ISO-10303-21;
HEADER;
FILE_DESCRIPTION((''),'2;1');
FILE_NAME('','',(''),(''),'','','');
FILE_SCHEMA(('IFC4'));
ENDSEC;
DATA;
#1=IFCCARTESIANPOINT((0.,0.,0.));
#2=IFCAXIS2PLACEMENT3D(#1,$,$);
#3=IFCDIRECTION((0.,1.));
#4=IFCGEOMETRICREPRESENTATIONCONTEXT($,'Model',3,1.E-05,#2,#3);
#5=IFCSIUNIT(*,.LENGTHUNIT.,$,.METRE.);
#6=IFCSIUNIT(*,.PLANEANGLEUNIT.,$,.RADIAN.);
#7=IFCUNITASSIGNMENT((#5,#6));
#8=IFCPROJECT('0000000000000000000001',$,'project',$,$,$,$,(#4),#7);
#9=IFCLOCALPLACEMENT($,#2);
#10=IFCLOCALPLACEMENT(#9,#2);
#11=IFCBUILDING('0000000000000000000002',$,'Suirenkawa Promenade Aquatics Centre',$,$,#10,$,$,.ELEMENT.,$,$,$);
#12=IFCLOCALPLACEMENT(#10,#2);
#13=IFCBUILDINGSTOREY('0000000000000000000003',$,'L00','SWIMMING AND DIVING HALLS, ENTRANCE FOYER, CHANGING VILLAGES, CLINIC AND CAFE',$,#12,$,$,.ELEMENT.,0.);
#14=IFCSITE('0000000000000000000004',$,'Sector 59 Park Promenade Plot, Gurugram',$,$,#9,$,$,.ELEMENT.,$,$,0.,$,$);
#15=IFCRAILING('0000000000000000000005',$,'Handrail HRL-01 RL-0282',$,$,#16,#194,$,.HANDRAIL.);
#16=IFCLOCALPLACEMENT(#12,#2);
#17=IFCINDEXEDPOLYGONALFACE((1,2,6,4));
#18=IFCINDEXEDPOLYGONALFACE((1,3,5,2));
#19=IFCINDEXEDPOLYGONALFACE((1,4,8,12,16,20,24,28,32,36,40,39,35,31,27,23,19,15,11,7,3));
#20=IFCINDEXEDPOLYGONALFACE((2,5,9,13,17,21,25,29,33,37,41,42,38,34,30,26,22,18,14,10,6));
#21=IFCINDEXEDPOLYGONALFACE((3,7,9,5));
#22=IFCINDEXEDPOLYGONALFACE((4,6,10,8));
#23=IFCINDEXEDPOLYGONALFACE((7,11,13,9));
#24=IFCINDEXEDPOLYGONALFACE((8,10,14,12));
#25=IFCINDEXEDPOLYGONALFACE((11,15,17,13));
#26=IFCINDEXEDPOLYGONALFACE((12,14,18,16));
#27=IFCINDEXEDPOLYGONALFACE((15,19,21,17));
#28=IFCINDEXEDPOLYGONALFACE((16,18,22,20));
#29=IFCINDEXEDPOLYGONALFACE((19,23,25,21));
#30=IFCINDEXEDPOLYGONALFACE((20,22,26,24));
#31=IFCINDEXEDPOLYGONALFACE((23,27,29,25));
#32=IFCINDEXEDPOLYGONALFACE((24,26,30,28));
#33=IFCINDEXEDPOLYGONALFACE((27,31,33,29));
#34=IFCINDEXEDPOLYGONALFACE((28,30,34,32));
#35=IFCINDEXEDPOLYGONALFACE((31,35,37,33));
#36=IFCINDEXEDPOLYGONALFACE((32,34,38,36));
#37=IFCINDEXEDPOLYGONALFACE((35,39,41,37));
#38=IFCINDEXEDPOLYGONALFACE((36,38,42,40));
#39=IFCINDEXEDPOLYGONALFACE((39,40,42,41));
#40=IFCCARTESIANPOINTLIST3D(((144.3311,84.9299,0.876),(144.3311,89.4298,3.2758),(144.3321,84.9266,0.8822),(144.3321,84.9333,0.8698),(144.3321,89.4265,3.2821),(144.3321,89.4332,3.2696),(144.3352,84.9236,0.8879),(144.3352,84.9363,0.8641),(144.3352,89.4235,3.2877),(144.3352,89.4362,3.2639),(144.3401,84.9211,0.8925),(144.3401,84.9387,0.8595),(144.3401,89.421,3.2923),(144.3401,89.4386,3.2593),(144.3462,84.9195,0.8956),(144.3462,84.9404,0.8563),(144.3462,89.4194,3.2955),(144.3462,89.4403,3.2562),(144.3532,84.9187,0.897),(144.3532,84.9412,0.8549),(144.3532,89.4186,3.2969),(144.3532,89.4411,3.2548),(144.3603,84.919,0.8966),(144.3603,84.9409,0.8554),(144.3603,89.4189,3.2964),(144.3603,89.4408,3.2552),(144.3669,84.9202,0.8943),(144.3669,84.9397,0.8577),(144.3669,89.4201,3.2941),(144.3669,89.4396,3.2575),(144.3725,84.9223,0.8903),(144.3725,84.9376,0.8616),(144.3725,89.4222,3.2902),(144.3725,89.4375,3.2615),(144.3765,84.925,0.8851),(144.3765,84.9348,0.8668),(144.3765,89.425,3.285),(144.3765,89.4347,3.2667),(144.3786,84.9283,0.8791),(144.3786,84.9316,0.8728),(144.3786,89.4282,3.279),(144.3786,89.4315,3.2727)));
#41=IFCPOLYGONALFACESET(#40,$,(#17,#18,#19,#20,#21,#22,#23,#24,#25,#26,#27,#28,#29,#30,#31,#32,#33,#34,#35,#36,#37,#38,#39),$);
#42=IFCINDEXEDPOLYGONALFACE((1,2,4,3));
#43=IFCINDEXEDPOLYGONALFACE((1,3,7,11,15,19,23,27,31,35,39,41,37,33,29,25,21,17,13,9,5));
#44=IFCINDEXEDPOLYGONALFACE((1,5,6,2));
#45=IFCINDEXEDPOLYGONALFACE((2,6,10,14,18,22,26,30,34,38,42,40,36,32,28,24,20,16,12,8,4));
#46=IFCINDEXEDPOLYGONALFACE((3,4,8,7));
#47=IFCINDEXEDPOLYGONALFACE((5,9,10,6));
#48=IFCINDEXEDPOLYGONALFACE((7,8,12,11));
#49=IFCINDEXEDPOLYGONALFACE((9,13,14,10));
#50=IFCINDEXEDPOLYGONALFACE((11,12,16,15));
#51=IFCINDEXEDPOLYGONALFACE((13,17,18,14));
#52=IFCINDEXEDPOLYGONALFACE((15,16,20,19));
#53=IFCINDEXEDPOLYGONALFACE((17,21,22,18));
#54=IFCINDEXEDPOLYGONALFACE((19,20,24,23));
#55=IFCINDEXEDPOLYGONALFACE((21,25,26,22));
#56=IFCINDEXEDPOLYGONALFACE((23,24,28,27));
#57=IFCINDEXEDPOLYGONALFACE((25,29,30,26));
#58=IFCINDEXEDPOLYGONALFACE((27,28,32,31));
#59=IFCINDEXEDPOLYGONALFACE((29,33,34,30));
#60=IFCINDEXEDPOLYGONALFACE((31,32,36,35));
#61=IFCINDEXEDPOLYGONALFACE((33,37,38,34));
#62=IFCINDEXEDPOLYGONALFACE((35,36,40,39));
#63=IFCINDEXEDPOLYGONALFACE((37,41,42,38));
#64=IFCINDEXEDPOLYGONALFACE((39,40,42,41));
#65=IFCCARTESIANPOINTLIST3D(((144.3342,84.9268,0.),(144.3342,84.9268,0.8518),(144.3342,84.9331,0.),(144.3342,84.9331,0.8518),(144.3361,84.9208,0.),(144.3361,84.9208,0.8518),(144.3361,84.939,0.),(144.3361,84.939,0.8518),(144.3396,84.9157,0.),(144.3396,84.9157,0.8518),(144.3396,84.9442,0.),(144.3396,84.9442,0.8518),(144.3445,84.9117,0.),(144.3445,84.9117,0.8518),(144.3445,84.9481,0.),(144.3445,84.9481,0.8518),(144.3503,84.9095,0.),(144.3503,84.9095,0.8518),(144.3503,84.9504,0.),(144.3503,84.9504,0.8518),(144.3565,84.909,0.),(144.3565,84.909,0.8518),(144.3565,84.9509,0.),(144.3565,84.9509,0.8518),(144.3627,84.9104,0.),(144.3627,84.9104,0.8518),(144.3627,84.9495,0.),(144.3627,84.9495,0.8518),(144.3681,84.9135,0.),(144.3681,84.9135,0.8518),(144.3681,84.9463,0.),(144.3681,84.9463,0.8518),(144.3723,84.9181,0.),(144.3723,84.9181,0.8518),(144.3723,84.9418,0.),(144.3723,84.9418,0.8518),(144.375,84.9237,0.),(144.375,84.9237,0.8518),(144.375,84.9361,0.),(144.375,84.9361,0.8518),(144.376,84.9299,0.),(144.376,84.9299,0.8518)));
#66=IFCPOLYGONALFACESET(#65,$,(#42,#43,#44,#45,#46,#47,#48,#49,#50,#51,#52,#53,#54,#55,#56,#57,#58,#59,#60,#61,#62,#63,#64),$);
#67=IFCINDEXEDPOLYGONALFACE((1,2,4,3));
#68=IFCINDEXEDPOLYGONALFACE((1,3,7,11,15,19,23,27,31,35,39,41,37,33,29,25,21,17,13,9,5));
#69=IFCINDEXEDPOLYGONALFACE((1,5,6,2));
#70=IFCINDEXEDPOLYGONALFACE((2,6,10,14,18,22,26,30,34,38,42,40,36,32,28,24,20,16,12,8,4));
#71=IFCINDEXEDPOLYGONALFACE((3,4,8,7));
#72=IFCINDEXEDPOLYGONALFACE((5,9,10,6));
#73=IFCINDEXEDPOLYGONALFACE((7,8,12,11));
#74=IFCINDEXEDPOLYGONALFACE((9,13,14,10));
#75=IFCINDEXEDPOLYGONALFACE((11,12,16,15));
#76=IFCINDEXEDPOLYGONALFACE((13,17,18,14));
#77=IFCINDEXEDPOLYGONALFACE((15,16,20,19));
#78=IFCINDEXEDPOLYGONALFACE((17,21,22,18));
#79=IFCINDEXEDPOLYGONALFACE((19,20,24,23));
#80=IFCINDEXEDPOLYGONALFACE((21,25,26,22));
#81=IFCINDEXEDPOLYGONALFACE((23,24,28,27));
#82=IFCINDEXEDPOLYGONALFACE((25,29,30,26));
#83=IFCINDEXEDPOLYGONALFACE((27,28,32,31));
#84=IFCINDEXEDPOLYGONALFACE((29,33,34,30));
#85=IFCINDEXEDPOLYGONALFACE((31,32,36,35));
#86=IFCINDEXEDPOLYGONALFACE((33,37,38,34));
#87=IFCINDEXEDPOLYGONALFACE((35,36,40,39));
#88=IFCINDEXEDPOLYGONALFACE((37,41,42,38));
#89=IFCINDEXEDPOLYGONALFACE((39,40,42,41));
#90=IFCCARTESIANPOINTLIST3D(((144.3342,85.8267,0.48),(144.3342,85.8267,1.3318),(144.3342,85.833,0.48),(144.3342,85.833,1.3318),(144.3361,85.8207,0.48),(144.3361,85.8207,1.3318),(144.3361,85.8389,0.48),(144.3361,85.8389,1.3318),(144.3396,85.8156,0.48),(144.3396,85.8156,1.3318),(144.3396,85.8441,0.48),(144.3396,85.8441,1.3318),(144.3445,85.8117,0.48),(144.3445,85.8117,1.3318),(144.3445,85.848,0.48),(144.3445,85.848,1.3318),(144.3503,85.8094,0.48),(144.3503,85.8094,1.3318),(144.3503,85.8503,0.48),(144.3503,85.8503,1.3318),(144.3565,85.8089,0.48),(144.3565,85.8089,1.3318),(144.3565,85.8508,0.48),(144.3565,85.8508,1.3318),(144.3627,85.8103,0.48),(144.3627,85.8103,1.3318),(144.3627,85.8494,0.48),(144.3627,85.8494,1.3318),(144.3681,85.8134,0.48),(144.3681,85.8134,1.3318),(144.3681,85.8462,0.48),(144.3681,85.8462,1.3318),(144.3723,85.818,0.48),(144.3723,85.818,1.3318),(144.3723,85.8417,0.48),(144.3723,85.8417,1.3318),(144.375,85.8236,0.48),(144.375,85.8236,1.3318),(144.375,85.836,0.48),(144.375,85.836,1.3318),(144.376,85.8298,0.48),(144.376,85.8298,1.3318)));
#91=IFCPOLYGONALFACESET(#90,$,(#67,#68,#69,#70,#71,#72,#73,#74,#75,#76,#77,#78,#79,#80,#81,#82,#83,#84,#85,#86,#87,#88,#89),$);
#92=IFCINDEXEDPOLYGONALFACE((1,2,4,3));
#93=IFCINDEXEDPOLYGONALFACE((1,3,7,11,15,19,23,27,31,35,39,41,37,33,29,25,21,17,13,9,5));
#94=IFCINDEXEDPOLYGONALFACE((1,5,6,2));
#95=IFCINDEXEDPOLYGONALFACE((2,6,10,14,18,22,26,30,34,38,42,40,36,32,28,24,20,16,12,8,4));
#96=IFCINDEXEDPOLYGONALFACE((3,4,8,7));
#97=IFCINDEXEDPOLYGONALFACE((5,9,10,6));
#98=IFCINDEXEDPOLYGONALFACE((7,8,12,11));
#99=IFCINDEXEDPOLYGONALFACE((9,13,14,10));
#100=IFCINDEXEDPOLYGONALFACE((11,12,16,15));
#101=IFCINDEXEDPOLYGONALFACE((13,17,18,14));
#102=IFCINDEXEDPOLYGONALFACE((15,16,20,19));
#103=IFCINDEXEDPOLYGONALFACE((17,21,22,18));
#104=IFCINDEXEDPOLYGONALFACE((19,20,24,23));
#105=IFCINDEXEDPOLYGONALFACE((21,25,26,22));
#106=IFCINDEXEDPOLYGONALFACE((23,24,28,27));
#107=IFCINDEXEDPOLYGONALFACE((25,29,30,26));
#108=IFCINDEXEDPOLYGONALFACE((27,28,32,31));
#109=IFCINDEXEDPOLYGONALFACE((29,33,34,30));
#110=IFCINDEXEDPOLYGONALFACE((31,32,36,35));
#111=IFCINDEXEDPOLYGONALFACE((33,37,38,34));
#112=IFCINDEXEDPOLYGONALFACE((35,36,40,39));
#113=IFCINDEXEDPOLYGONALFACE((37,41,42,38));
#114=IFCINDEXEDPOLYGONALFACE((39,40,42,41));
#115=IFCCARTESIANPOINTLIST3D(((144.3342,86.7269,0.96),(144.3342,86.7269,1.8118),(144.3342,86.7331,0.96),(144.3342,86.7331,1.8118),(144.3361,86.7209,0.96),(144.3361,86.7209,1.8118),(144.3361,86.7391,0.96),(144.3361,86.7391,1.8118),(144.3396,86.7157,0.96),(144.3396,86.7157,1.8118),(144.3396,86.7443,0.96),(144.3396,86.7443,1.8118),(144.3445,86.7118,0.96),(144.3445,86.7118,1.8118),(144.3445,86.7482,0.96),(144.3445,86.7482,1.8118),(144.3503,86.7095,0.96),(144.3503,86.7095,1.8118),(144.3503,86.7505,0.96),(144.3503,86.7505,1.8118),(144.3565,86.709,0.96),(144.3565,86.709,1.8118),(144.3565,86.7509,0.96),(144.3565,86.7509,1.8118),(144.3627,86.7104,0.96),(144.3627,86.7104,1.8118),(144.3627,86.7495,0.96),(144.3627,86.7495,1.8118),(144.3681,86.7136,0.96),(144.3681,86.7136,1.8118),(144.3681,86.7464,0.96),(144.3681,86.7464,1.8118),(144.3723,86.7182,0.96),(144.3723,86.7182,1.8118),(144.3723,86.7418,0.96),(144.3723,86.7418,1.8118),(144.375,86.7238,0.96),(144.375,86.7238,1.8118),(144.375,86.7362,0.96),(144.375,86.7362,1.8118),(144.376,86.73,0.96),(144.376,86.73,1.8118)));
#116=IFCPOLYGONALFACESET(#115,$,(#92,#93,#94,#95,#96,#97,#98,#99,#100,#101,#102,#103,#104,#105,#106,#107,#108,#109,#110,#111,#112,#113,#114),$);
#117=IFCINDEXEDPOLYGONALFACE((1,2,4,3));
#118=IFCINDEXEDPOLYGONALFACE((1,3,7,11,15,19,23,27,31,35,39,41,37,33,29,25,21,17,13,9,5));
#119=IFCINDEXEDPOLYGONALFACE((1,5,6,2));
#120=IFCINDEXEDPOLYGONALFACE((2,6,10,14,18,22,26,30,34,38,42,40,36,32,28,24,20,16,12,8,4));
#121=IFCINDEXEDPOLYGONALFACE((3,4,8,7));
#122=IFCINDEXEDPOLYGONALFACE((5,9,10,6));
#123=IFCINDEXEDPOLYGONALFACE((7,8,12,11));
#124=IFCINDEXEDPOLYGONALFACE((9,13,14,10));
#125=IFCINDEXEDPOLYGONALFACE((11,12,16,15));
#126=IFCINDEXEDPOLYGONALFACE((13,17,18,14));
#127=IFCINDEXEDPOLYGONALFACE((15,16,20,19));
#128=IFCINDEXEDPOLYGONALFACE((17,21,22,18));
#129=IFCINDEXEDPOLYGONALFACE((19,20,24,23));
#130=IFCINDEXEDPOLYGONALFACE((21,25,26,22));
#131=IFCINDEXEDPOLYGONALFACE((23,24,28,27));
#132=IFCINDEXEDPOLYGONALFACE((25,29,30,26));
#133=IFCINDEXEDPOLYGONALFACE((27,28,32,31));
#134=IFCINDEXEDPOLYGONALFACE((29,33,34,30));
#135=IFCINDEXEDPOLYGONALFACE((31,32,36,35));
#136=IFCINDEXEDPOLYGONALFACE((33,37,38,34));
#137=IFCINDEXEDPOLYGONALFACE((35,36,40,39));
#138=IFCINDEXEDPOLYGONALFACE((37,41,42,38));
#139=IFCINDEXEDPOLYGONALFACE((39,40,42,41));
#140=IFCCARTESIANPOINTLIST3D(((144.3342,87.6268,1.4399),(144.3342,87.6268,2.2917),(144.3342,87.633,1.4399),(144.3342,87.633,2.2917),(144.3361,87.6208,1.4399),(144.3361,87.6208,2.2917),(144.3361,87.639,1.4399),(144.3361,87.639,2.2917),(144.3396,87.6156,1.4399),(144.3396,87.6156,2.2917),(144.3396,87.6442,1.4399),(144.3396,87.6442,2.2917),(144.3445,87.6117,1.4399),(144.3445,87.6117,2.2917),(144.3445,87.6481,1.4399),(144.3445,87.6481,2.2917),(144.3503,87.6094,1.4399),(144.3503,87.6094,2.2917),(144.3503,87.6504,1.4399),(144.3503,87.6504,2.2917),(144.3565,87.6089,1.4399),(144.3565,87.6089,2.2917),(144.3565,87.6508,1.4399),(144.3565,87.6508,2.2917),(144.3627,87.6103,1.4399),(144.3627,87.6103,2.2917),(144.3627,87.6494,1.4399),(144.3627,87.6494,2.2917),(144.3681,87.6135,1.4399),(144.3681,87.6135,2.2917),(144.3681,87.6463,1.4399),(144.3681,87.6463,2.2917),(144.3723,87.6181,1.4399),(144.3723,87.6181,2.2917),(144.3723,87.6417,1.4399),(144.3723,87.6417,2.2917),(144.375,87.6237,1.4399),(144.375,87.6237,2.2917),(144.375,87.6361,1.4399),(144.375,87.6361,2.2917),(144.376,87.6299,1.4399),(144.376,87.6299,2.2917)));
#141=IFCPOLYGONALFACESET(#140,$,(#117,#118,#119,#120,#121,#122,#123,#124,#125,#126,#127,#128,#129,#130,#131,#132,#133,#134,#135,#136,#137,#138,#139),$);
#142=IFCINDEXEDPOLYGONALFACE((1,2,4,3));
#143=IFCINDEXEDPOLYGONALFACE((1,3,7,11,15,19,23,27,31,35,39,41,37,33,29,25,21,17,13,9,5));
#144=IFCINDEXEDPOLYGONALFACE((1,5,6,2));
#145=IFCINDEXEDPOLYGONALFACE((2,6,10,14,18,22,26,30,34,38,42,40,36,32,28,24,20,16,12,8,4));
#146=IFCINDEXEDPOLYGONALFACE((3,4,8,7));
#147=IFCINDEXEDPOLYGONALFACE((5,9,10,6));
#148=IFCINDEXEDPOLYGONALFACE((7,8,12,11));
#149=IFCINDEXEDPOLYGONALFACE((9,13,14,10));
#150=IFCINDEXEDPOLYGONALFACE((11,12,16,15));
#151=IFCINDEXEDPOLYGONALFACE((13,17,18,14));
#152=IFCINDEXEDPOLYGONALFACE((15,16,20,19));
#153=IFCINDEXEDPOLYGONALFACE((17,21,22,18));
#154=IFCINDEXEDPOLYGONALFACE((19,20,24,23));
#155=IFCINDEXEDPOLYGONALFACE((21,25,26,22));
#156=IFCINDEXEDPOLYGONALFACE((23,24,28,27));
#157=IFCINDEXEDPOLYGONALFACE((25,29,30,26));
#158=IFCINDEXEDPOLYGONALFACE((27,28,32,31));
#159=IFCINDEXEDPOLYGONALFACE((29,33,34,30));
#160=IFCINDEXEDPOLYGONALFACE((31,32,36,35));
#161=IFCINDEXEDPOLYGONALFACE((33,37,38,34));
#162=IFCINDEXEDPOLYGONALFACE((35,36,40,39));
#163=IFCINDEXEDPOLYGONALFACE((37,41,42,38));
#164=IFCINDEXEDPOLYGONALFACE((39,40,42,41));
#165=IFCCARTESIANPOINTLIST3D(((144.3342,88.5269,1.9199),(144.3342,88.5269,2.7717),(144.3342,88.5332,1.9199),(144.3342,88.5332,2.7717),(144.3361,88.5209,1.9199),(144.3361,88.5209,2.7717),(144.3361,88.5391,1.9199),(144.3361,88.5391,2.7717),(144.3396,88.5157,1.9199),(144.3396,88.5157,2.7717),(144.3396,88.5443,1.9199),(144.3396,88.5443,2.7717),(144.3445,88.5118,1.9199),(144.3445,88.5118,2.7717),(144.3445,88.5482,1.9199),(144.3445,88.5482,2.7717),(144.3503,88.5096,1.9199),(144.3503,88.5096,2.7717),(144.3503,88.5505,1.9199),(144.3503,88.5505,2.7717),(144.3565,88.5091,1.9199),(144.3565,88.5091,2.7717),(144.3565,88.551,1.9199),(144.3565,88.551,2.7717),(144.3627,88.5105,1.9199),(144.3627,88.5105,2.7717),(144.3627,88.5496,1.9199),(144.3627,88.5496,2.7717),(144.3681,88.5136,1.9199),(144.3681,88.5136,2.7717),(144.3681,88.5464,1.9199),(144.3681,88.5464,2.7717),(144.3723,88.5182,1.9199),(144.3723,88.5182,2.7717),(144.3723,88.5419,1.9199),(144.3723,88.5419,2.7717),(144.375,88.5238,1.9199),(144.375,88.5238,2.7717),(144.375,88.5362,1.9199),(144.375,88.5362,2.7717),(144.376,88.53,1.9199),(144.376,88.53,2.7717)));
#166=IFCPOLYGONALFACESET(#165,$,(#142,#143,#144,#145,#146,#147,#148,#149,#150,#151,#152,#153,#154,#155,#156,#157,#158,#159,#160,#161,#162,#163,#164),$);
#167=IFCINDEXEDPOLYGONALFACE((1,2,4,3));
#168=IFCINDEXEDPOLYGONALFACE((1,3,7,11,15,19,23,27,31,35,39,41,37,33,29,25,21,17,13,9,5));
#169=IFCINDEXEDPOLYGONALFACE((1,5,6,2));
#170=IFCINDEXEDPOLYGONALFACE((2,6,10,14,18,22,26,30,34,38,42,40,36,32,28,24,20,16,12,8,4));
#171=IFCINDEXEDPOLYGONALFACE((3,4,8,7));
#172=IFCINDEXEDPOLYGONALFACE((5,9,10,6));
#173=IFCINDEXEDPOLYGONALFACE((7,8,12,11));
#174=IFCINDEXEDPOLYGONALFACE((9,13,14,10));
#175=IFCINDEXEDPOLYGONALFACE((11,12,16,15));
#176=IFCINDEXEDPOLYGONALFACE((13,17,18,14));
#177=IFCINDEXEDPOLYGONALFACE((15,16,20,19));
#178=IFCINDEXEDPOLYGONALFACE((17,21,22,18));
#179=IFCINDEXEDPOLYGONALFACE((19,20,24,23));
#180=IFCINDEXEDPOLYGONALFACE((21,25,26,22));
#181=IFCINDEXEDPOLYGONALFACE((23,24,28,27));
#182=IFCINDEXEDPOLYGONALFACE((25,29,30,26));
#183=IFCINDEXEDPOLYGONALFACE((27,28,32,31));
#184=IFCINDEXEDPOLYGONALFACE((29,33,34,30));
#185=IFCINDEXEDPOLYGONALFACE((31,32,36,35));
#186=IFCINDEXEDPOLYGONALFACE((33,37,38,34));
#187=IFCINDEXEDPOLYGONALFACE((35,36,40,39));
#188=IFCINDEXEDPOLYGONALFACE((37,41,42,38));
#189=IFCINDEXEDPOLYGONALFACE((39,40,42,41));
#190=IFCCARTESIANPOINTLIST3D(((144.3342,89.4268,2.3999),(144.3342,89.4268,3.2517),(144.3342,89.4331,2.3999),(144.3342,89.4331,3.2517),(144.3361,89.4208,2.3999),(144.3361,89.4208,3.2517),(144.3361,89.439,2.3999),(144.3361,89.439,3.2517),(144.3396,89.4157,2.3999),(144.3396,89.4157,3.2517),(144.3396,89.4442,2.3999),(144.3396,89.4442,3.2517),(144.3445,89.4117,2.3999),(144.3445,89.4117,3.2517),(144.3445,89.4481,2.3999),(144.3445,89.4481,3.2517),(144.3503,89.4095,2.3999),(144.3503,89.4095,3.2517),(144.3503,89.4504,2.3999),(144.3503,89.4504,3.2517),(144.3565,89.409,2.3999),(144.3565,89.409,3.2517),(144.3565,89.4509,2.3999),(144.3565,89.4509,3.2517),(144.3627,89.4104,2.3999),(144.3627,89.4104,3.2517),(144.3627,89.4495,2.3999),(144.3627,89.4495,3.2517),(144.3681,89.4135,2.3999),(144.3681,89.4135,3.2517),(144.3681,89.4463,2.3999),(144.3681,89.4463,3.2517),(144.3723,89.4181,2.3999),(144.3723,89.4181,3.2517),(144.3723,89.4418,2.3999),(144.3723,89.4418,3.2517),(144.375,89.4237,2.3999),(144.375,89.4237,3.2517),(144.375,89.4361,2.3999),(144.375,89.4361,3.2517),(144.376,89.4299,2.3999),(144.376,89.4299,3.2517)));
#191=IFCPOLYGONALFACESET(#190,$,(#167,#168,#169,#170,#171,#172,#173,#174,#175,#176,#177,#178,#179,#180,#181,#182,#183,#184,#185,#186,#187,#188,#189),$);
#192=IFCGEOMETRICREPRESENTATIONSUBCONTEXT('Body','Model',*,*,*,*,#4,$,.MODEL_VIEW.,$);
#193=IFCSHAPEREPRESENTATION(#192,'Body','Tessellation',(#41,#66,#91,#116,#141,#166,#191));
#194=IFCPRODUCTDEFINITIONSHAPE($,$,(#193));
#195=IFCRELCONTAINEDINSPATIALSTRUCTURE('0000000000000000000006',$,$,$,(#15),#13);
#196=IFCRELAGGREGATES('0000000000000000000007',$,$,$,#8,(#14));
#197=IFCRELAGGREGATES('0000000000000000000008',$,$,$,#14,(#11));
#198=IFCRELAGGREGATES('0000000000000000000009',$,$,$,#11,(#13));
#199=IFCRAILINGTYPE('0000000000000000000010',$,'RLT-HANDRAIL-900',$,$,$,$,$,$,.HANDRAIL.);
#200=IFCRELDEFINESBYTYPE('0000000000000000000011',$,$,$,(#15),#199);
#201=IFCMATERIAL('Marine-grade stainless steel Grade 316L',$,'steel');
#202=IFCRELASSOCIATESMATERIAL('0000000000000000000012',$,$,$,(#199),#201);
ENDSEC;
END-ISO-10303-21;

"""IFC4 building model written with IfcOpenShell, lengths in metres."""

from ifc_helpers import new_model, si_unit, direction, frame, origin, origin_2d, place, context, subcontext, project, spatial, circle, extrude, material, type_object, element, save


model = new_model("IFC4")

# Units and contexts
model_context = context("Model", 3, precision=1e-05, world=origin(), true_north=direction((0.0, 1.0)))
body_context = subcontext(model_context, "Body", "Model", "MODEL_VIEW")
ifc_project = project(units=[si_unit("LENGTHUNIT", "METRE"), si_unit("PLANEANGLEUNIT", "RADIAN")], contexts=[model_context])

# Site, building, storey
site_placement = place(None, origin())
site = spatial("IfcSite", under=ifc_project, at=site_placement, Name="Sector 59 Park Promenade Plot, Gurugram", CompositionType="ELEMENT", RefElevation=0.0)
building_placement = place(site_placement, origin())
building = spatial("IfcBuilding", under=site, at=building_placement, Name="Suirenkawa Promenade Aquatics Centre", CompositionType="ELEMENT")
storey_placement = place(building_placement, origin())
storey = spatial("IfcBuildingStorey", under=building, at=storey_placement, Name="L00", Description="SWIMMING AND DIVING HALLS, ENTRANCE FOYER, CHANGING VILLAGES, CLINIC AND CAFE", CompositionType="ELEMENT", Elevation=0.0)

# Railing
ifc_material_1 = material(Name="Marine-grade stainless steel Grade 316L", Category="steel")
railing_type_1 = type_object("IfcRailingType", Name="RLT-HANDRAIL-900", PredefinedType="HANDRAIL", material=ifc_material_1)
for number, where, name in (
    (1, (144.355, 84.9299, 0.0), "Handrail HRL-01 RL-0282"),
):
    element("IfcRailing", number, at=place(storey_placement, frame(where)), inside=storey, type_object=railing_type_1, Name=name, PredefinedType="HANDRAIL", context=body_context, shape_type="SweptSolid", body=[
        extrude(circle(Radius=0.0239, at=origin_2d()), frame((0.0, 0.0, 0.876), z_axis=(0.0, 0.882361, 0.470573), x_axis=(-1.0, 0.0, 0.0)), (0.0, 0.0, 1.0), 5.0999),
        extrude(circle(Radius=0.021, at=origin_2d()), origin(), (0.0, 0.0, 1.0), 0.8518),
        extrude(circle(Radius=0.021, at=origin_2d()), frame((0.0, 0.8999, 0.48)), (0.0, 0.0, 1.0), 0.8518),
        extrude(circle(Radius=0.021, at=origin_2d()), frame((0.0, 1.8, 0.96)), (0.0, 0.0, 1.0), 0.8518),
        extrude(circle(Radius=0.021, at=origin_2d()), frame((0.0, 2.7, 1.4399)), (0.0, 0.0, 1.0), 0.8518),
        extrude(circle(Radius=0.021, at=origin_2d()), frame((0.0, 3.6001, 1.9199)), (0.0, 0.0, 1.0), 0.8518),
        extrude(circle(Radius=0.021, at=origin_2d()), frame((0.0, 4.5, 2.3999)), (0.0, 0.0, 1.0), 0.8518),
    ])

save(model, "model.ifc")
